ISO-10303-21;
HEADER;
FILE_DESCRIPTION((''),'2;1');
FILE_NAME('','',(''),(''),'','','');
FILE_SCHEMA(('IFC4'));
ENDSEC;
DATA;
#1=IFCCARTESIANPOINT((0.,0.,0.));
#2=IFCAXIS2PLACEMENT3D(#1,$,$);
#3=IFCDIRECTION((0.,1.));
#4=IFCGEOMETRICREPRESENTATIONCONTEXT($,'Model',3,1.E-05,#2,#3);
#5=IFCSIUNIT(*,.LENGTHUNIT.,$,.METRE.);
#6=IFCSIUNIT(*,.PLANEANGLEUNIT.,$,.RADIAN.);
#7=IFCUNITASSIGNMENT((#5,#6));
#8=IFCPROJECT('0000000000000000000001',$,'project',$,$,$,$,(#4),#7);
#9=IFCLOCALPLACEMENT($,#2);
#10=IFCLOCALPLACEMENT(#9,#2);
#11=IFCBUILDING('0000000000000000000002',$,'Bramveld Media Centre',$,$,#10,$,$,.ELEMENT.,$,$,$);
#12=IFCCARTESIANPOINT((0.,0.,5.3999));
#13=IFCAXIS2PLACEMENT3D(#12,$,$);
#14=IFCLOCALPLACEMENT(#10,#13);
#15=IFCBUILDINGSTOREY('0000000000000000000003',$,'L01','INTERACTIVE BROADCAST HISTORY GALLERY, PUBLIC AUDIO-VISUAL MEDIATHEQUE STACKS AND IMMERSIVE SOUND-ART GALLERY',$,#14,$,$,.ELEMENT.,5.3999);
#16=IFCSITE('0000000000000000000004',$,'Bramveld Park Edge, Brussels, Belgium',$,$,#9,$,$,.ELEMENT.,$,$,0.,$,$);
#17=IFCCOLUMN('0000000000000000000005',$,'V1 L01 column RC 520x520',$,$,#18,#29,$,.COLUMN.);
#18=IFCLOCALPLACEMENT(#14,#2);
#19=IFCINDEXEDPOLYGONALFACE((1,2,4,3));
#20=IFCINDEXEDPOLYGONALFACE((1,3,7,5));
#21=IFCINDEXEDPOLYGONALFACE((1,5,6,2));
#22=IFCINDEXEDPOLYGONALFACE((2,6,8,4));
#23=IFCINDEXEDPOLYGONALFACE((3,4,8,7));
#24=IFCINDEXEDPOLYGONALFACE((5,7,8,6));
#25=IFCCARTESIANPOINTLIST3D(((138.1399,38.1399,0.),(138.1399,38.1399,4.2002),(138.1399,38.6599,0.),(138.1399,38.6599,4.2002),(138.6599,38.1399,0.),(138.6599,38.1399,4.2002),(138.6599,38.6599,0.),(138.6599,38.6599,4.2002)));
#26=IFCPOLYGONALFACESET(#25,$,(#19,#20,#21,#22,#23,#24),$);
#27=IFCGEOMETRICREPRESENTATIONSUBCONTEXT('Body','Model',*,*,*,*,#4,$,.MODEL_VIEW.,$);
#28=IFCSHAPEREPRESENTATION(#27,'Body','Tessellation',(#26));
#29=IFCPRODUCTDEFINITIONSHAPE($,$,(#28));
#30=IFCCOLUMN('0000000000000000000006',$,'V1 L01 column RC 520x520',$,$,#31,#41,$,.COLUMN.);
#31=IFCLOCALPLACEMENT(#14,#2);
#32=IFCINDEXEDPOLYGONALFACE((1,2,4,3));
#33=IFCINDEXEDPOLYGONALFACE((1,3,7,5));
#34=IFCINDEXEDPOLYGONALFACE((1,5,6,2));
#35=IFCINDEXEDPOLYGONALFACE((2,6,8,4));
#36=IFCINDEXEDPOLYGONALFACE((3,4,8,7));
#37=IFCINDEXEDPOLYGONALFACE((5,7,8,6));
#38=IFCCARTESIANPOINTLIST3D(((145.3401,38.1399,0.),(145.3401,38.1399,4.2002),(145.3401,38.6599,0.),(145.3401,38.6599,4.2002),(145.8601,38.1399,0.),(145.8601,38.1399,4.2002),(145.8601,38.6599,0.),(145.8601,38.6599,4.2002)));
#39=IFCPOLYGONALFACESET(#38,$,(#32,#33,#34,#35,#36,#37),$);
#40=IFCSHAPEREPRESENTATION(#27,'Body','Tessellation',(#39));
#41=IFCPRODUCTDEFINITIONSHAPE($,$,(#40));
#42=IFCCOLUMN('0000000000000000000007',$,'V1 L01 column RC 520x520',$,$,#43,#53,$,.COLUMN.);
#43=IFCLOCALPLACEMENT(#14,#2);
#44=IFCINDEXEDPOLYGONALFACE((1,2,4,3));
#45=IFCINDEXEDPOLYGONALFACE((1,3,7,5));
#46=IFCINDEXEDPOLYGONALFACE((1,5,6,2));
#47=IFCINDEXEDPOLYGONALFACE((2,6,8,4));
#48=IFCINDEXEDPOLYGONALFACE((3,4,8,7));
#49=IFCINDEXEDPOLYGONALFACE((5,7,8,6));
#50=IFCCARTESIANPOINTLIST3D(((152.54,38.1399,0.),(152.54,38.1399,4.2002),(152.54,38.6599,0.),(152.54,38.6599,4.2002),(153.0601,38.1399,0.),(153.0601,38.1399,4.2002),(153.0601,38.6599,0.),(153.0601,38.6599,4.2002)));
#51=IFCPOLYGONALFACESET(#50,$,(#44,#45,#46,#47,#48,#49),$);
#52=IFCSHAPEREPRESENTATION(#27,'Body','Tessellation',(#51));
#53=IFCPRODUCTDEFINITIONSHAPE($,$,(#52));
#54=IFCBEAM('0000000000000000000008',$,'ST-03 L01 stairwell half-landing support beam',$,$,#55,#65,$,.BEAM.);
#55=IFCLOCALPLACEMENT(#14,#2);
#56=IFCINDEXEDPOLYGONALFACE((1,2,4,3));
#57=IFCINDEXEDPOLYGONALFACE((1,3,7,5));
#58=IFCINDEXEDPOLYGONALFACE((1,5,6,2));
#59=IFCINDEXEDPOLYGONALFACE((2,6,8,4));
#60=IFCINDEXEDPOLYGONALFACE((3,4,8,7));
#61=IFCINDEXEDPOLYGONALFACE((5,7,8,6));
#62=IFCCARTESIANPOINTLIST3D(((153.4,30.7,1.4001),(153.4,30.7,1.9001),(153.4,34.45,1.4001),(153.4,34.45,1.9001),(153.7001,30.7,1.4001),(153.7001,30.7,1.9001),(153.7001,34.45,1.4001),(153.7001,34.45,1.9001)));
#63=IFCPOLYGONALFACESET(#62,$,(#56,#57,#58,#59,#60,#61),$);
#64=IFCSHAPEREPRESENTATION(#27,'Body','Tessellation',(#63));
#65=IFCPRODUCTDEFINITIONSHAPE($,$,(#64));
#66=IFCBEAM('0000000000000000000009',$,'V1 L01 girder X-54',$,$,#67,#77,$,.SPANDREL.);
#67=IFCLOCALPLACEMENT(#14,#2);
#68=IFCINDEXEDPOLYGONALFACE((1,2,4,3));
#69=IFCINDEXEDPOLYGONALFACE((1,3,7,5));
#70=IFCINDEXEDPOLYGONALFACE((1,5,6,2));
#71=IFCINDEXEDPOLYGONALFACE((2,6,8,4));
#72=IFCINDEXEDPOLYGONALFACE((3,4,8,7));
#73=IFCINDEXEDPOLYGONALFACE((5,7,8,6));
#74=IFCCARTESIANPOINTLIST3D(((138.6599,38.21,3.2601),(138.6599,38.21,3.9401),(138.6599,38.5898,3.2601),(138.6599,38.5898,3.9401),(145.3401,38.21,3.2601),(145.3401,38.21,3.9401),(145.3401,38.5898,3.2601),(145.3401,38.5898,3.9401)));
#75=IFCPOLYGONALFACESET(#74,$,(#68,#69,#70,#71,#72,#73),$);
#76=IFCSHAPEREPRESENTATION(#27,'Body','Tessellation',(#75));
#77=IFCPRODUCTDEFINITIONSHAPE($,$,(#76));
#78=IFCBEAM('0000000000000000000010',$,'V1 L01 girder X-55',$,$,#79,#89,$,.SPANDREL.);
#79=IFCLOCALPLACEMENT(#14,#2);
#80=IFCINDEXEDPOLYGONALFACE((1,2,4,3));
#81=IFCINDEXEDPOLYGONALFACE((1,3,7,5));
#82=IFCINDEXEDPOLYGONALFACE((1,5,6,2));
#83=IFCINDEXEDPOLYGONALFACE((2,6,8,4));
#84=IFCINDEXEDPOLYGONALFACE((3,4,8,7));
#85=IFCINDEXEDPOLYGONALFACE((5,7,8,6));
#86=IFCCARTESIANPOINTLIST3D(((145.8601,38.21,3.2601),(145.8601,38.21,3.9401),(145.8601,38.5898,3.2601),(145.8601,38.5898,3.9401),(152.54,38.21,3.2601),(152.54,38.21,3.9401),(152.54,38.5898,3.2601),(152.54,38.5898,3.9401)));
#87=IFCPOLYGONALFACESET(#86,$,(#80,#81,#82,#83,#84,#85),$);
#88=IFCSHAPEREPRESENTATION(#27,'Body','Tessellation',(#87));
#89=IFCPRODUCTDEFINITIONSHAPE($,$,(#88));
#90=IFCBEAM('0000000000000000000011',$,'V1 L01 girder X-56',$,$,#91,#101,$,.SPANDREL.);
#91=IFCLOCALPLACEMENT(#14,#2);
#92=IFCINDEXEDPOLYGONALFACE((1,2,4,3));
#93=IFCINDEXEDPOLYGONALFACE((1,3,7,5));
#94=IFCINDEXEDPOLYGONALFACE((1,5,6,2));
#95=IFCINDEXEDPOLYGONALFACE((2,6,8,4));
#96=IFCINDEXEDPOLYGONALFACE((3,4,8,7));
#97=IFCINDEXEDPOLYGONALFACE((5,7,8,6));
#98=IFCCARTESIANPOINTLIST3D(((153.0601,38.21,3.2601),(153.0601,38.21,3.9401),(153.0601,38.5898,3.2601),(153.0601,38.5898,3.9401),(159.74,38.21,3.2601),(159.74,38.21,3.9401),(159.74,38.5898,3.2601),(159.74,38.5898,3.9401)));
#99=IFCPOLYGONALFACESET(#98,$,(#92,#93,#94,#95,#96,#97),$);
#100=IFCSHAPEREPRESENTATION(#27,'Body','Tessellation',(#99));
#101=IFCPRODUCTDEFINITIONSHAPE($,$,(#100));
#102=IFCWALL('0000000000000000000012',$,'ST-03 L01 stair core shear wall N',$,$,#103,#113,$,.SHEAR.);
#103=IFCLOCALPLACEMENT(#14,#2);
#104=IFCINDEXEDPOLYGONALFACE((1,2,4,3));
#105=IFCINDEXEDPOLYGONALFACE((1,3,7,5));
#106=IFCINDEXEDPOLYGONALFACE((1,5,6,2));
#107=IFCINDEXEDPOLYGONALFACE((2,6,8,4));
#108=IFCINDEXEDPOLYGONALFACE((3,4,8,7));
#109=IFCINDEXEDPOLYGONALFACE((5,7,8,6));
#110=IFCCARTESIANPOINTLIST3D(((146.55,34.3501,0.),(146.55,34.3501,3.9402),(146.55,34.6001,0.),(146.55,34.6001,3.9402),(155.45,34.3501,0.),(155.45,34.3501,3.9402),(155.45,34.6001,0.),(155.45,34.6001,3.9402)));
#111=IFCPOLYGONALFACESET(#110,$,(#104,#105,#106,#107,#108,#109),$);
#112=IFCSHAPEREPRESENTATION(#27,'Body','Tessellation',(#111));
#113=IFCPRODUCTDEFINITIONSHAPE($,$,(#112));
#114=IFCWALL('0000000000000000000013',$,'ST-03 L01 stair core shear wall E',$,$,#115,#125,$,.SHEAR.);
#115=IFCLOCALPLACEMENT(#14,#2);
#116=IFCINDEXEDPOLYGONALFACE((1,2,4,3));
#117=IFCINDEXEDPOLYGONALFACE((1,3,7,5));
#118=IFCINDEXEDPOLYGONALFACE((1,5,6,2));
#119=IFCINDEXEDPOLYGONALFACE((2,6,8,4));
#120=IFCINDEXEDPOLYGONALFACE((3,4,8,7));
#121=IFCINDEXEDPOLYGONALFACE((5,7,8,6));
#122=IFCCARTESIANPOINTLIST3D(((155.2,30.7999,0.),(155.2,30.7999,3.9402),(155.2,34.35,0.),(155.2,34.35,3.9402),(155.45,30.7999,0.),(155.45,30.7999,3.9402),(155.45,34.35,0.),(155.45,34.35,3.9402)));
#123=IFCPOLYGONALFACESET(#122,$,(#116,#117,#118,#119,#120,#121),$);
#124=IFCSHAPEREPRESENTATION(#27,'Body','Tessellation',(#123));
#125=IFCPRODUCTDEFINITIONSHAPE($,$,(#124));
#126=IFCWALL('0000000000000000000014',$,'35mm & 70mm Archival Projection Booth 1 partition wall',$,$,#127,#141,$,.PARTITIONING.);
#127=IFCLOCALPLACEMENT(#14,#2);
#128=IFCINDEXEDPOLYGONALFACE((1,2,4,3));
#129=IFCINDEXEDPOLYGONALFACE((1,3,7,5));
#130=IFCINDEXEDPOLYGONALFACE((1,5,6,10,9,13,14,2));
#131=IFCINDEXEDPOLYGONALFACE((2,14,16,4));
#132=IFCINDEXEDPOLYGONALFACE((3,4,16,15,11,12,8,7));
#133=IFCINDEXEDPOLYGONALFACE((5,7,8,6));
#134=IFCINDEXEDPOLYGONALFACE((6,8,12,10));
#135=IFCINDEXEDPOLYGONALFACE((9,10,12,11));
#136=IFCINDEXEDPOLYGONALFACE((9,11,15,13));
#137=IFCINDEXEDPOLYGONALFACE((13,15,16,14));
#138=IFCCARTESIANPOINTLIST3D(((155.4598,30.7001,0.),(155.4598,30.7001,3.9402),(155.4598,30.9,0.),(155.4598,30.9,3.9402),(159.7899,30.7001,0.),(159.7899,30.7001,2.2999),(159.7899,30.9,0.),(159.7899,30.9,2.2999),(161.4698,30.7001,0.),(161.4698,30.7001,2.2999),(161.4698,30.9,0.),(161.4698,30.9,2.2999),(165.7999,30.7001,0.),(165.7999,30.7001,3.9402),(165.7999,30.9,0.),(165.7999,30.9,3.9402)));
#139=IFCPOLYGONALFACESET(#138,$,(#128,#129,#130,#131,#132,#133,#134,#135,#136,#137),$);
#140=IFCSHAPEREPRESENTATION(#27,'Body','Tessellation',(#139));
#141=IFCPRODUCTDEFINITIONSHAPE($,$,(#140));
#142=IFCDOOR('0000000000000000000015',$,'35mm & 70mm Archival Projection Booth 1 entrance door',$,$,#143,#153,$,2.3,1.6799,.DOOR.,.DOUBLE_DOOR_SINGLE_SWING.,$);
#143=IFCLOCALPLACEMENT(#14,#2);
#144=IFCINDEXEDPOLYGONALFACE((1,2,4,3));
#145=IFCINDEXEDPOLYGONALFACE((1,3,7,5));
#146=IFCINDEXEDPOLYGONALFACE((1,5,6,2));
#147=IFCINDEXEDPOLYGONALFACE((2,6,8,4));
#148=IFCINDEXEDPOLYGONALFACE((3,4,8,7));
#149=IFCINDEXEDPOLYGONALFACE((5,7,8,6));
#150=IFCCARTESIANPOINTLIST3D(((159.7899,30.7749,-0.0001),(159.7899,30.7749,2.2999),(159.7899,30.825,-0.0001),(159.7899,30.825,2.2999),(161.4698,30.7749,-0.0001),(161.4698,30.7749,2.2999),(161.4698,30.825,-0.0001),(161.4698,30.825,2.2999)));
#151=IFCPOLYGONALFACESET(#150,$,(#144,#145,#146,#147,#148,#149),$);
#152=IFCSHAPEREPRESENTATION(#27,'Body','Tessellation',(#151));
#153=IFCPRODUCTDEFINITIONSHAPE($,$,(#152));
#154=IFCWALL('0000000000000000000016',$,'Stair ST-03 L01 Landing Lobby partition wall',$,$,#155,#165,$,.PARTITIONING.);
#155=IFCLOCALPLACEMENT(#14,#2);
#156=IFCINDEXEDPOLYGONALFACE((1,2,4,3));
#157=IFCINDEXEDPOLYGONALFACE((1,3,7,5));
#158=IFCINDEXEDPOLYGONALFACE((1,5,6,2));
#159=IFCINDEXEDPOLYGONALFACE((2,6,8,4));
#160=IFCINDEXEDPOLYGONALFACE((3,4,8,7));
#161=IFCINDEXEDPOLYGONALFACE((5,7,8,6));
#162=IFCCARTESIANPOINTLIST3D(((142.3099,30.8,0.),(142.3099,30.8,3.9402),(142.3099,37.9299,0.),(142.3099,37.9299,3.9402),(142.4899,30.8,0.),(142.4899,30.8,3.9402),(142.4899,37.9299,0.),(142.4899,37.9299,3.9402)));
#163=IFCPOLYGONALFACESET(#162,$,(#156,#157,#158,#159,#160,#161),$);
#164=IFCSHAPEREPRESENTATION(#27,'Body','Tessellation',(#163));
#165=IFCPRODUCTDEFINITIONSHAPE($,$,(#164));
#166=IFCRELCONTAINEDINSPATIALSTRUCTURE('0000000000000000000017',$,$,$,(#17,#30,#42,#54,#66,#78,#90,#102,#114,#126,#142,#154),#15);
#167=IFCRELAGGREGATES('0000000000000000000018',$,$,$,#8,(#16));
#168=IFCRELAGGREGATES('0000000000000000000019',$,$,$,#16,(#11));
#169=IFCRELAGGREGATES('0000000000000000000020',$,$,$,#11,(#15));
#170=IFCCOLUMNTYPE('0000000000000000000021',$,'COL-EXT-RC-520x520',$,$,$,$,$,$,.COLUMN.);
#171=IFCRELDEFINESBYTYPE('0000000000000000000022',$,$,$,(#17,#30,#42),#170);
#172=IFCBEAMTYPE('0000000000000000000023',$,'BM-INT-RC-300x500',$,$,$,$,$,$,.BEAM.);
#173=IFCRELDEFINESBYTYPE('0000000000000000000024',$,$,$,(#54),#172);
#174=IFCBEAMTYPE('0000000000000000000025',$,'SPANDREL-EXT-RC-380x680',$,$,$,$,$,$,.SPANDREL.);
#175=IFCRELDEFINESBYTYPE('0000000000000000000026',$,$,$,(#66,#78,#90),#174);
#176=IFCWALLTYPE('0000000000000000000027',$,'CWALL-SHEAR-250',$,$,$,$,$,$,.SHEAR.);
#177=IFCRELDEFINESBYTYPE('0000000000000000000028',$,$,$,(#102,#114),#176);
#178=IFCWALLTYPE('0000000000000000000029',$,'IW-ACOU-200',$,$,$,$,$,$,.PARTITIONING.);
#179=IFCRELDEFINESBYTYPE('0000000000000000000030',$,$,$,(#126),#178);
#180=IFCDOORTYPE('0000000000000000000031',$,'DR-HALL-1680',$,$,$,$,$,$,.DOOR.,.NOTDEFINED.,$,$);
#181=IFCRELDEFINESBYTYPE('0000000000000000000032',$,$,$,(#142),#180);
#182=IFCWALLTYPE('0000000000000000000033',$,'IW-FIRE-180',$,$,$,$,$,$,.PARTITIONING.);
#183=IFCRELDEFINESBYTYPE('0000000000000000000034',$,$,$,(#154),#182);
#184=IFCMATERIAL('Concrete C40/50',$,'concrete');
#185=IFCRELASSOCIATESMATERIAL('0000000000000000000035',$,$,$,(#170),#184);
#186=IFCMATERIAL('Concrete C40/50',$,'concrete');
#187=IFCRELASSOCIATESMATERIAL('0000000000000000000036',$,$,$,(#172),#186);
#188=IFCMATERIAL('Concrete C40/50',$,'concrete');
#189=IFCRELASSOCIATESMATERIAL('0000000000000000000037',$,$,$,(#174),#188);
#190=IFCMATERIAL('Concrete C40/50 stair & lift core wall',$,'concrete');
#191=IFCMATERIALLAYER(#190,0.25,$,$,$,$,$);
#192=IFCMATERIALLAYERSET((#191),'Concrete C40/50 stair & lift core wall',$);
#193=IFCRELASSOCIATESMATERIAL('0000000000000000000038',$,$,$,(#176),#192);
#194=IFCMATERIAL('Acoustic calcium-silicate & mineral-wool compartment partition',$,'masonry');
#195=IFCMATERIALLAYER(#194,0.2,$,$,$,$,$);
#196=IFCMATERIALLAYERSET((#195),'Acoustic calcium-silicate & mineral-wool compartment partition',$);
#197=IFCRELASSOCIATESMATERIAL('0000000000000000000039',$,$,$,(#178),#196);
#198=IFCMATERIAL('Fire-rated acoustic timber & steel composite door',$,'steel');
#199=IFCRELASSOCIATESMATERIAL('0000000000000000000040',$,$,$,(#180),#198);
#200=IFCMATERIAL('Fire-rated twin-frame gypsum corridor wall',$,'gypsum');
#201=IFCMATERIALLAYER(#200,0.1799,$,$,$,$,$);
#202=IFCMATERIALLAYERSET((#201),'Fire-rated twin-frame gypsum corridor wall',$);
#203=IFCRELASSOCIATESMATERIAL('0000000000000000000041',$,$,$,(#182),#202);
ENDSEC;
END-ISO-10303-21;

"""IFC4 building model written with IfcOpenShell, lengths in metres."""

from ifc_helpers import new_model, si_unit, direction, frame, frame_2d, origin, origin_2d, place, context, subcontext, project, spatial, rectangle, extrude, material, layer, layer_set, material_profile, profile_set, type_object, element, fill, save


model = new_model("IFC4")

# Units and contexts
model_context = context("Model", 3, precision=1e-05, world=origin(), true_north=direction((0.0, 1.0)))
body_context = subcontext(model_context, "Body", "Model", "MODEL_VIEW")
ifc_project = project(units=[si_unit("LENGTHUNIT", "METRE"), si_unit("PLANEANGLEUNIT", "RADIAN")], contexts=[model_context])

# Site, building, storey
site_placement = place(None, origin())
site = spatial("IfcSite", under=ifc_project, at=site_placement, Name="Bramveld Park Edge, Brussels, Belgium", CompositionType="ELEMENT", RefElevation=0.0)
building_placement = place(site_placement, origin())
building = spatial("IfcBuilding", under=site, at=building_placement, Name="Bramveld Media Centre", CompositionType="ELEMENT")
storey_placement = place(building_placement, frame((0.0, 0.0, 5.3999)))
storey = spatial("IfcBuildingStorey", under=building, at=storey_placement, Name="L01", Description="INTERACTIVE BROADCAST HISTORY GALLERY, PUBLIC AUDIO-VISUAL MEDIATHEQUE STACKS AND IMMERSIVE SOUND-ART GALLERY", CompositionType="ELEMENT", Elevation=5.3999)

# Columns
ifc_material_1 = material(Name="Concrete C40/50", Category="concrete")
ifc_material_profile_1 = material_profile(ifc_material_1, rectangle(XDim=0.52, YDim=0.52, at=origin_2d()), Name="RC 520x520")
ifc_profile_set_1 = profile_set([ifc_material_profile_1], Name="Concrete C40/50")
column_type = type_object("IfcColumnType", Name="COL-EXT-RC-520x520", PredefinedType="COLUMN", material=ifc_profile_set_1)
for number, where, z_axis, x_axis, name in (
    (1, (138.3999, 38.3999, 0.0), (0.0, 0.0, 1.0), (1.0, 0.0, 0.0), "V1 L01 column RC 520x520"),
    (2, (145.6001, 38.3999, 0.0), (0.0, 0.0, 1.0), (1.0, 0.0, 0.0), "V1 L01 column RC 520x520"),
    (3, (152.8, 38.3999, 0.0), (0.0, 0.0, 1.0), (1.0, 0.0, 0.0), "V1 L01 column RC 520x520"),
):
    element("IfcColumn", number, at=place(storey_placement, frame(where, z_axis=z_axis, x_axis=x_axis)), inside=storey, type_object=column_type, Name=name, PredefinedType="COLUMN", context=body_context, shape_type="SweptSolid", body=[
        extrude(rectangle(XDim=0.52, YDim=0.52, at=origin_2d()), origin(), (0.0, 0.0, 1.0), 4.2002),
    ])

# Beams
ifc_material_2 = material(Name="Concrete C40/50", Category="concrete")
ifc_material_profile_2 = material_profile(ifc_material_2, rectangle(XDim=0.3, YDim=0.5, at=origin_2d()), Name="RC 300x500")
ifc_profile_set_2 = profile_set([ifc_material_profile_2], Name="Concrete C40/50")
beam_type_1 = type_object("IfcBeamType", Name="BM-INT-RC-300x500", PredefinedType="BEAM", material=ifc_profile_set_2)
beam_1_placement = place(storey_placement, frame((153.55, 30.7, 1.6501), z_axis=(0.0, 1.0, 0.0), x_axis=(-1.0, 0.0, 0.0)))
element("IfcBeam", 4, at=beam_1_placement, inside=storey, type_object=beam_type_1, Name="ST-03 L01 stairwell half-landing support beam", PredefinedType="BEAM", context=body_context, shape_type="SweptSolid", body=[
    extrude(rectangle(XDim=0.3, YDim=0.5, at=origin_2d()), origin(), (0.0, 0.0, 1.0), 3.75),
])
ifc_material_3 = material(Name="Concrete C40/50", Category="concrete")
ifc_material_profile_3 = material_profile(ifc_material_3, rectangle(XDim=0.3799, YDim=0.6799, at=origin_2d()), Name="RC 380x680")
ifc_profile_set_3 = profile_set([ifc_material_profile_3], Name="Concrete C40/50")
beam_type_2 = type_object("IfcBeamType", Name="SPANDREL-EXT-RC-380x680", PredefinedType="SPANDREL", material=ifc_profile_set_3)
beam_2_placement = place(storey_placement, frame((138.6599, 38.3999, 3.6001), z_axis=(1.0, 0.0, 0.0), x_axis=(0.0, 1.0, 0.0)))
element("IfcBeam", 5, at=beam_2_placement, inside=storey, type_object=beam_type_2, Name="V1 L01 girder X-54", PredefinedType="SPANDREL", context=body_context, shape_type="SweptSolid", body=[
    extrude(rectangle(XDim=0.3799, YDim=0.6799, at=origin_2d()), origin(), (0.0, 0.0, 1.0), 6.6802),
])
for number, where, z_axis, x_axis, name in (
    (6, (145.8601, 38.3999, 3.6001), (1.0, 0.0, 0.0), (0.0, 1.0, 0.0), "V1 L01 girder X-55"),
    (7, (153.0601, 38.3999, 3.6001), (1.0, 0.0, 0.0), (0.0, 1.0, 0.0), "V1 L01 girder X-56"),
):
    element("IfcBeam", number, at=place(storey_placement, frame(where, z_axis=z_axis, x_axis=x_axis)), inside=storey, type_object=beam_type_2, Name=name, PredefinedType="SPANDREL", context=body_context, shape_type="SweptSolid", body=[
        extrude(rectangle(XDim=0.3799, YDim=0.6799, at=origin_2d()), origin(), (0.0, 0.0, 1.0), 6.6799),
    ])

# Wall
ifc_material_4 = material(Name="Concrete C40/50 stair & lift core wall", Category="concrete")
ifc_layer_1 = layer(ifc_material_4, 0.25)
ifc_layer_set_1 = layer_set([ifc_layer_1], Name="Concrete C40/50 stair & lift core wall")
wall_type_1 = type_object("IfcWallType", Name="CWALL-SHEAR-250", PredefinedType="SHEAR", material=ifc_layer_set_1)
wall_1_placement = place(storey_placement, frame((155.45, 34.4751, 0.0), z_axis=(0.0, 0.0, 1.0), x_axis=(-1.0, 0.0, 0.0)))
element("IfcWall", 8, at=wall_1_placement, inside=storey, type_object=wall_type_1, Name="ST-03 L01 stair core shear wall N", PredefinedType="SHEAR", context=body_context, shape_type="SweptSolid", body=[
    extrude(rectangle(XDim=8.8999, YDim=0.25, at=frame_2d((4.45, 0.0))), origin(), (0.0, 0.0, 1.0), 3.9402),
])

# Wall
wall_2_placement = place(storey_placement, frame((155.325, 30.8, 0.0), z_axis=(0.0, 0.0, 1.0), x_axis=(0.0, 1.0, 0.0)))
element("IfcWall", 9, at=wall_2_placement, inside=storey, type_object=wall_type_1, Name="ST-03 L01 stair core shear wall E", PredefinedType="SHEAR", context=body_context, shape_type="SweptSolid", body=[
    extrude(rectangle(XDim=3.55, YDim=0.25, at=frame_2d((1.7749, 0.0))), origin(), (0.0, 0.0, 1.0), 3.9402),
])

# Wall, opening, door
ifc_material_5 = material(Name="Acoustic calcium-silicate & mineral-wool compartment partition", Category="masonry")
ifc_layer_2 = layer(ifc_material_5, 0.2)
ifc_layer_set_2 = layer_set([ifc_layer_2], Name="Acoustic calcium-silicate & mineral-wool compartment partition")
wall_type_2 = type_object("IfcWallType", Name="IW-ACOU-200", PredefinedType="PARTITIONING", material=ifc_layer_set_2)
wall_3_placement = place(storey_placement, frame((155.46, 30.8, 0.0), z_axis=(0.0, 0.0, 1.0), x_axis=(1.0, 0.0, 0.0)))
wall_3 = element("IfcWall", 10, at=wall_3_placement, inside=storey, type_object=wall_type_2, Name="35mm & 70mm Archival Projection Booth 1 partition wall", PredefinedType="PARTITIONING", context=body_context, shape_type="SweptSolid", body=[
    extrude(rectangle(XDim=10.3401, YDim=0.2, at=frame_2d((5.1699, 0.0))), origin(), (0.0, 0.0, 1.0), 3.9402),
])
opening_1_placement = place(wall_3_placement, frame((4.3301, 0.0, 0.0)))
opening_1 = element("IfcOpeningElement", 11, at=opening_1_placement, cuts=wall_3, PredefinedType="OPENING", context=body_context, shape_type="SweptSolid", body=[
    extrude(rectangle(XDim=1.6799, YDim=2.3, at=frame_2d((0.8398, 1.1499))), frame((0.0, 0.1118, 0.0), z_axis=(0.0, -1.0, 0.0), x_axis=(1.0, 0.0, 0.0)), (0.0, 0.0, 1.0), 0.2239),
])
ifc_material_6 = material(Name="Fire-rated acoustic timber & steel composite door", Category="steel")
door_type_1 = type_object("IfcDoorType", Name="DR-HALL-1680", OperationType="NOTDEFINED", PredefinedType="DOOR", material=ifc_material_6)
door_1_placement = place(opening_1_placement, origin())
door_1 = element("IfcDoor", 12, at=door_1_placement, inside=storey, type_object=door_type_1, Name="35mm & 70mm Archival Projection Booth 1 entrance door", OperationType="DOUBLE_DOOR_SINGLE_SWING", OverallHeight=2.3, OverallWidth=1.6799, PredefinedType="DOOR", context=body_context, shape_type="SweptSolid", body=[
    extrude(rectangle(XDim=1.6799, YDim=2.3, at=frame_2d((0.8398, 1.1499))), frame((0.0, 0.0249, 0.0), z_axis=(0.0, -1.0, 0.0), x_axis=(1.0, 0.0, 0.0)), (0.0, 0.0, 1.0), 0.05),
])
fill(opening_1, door_1)

# Wall
ifc_material_7 = material(Name="Fire-rated twin-frame gypsum corridor wall", Category="gypsum")
ifc_layer_3 = layer(ifc_material_7, 0.1799)
ifc_layer_set_3 = layer_set([ifc_layer_3], Name="Fire-rated twin-frame gypsum corridor wall")
wall_type_3 = type_object("IfcWallType", Name="IW-FIRE-180", PredefinedType="PARTITIONING", material=ifc_layer_set_3)
wall_4_placement = place(storey_placement, frame((142.3999, 30.8, 0.0), z_axis=(0.0, 0.0, 1.0), x_axis=(0.0, 1.0, 0.0)))
element("IfcWall", 13, at=wall_4_placement, inside=storey, type_object=wall_type_3, Name="Stair ST-03 L01 Landing Lobby partition wall", PredefinedType="PARTITIONING", context=body_context, shape_type="SweptSolid", body=[
    extrude(rectangle(XDim=7.1299, YDim=0.1799, at=frame_2d((3.5649, 0.0))), origin(), (0.0, 0.0, 1.0), 3.9402),
])

save(model, "model.ifc")
